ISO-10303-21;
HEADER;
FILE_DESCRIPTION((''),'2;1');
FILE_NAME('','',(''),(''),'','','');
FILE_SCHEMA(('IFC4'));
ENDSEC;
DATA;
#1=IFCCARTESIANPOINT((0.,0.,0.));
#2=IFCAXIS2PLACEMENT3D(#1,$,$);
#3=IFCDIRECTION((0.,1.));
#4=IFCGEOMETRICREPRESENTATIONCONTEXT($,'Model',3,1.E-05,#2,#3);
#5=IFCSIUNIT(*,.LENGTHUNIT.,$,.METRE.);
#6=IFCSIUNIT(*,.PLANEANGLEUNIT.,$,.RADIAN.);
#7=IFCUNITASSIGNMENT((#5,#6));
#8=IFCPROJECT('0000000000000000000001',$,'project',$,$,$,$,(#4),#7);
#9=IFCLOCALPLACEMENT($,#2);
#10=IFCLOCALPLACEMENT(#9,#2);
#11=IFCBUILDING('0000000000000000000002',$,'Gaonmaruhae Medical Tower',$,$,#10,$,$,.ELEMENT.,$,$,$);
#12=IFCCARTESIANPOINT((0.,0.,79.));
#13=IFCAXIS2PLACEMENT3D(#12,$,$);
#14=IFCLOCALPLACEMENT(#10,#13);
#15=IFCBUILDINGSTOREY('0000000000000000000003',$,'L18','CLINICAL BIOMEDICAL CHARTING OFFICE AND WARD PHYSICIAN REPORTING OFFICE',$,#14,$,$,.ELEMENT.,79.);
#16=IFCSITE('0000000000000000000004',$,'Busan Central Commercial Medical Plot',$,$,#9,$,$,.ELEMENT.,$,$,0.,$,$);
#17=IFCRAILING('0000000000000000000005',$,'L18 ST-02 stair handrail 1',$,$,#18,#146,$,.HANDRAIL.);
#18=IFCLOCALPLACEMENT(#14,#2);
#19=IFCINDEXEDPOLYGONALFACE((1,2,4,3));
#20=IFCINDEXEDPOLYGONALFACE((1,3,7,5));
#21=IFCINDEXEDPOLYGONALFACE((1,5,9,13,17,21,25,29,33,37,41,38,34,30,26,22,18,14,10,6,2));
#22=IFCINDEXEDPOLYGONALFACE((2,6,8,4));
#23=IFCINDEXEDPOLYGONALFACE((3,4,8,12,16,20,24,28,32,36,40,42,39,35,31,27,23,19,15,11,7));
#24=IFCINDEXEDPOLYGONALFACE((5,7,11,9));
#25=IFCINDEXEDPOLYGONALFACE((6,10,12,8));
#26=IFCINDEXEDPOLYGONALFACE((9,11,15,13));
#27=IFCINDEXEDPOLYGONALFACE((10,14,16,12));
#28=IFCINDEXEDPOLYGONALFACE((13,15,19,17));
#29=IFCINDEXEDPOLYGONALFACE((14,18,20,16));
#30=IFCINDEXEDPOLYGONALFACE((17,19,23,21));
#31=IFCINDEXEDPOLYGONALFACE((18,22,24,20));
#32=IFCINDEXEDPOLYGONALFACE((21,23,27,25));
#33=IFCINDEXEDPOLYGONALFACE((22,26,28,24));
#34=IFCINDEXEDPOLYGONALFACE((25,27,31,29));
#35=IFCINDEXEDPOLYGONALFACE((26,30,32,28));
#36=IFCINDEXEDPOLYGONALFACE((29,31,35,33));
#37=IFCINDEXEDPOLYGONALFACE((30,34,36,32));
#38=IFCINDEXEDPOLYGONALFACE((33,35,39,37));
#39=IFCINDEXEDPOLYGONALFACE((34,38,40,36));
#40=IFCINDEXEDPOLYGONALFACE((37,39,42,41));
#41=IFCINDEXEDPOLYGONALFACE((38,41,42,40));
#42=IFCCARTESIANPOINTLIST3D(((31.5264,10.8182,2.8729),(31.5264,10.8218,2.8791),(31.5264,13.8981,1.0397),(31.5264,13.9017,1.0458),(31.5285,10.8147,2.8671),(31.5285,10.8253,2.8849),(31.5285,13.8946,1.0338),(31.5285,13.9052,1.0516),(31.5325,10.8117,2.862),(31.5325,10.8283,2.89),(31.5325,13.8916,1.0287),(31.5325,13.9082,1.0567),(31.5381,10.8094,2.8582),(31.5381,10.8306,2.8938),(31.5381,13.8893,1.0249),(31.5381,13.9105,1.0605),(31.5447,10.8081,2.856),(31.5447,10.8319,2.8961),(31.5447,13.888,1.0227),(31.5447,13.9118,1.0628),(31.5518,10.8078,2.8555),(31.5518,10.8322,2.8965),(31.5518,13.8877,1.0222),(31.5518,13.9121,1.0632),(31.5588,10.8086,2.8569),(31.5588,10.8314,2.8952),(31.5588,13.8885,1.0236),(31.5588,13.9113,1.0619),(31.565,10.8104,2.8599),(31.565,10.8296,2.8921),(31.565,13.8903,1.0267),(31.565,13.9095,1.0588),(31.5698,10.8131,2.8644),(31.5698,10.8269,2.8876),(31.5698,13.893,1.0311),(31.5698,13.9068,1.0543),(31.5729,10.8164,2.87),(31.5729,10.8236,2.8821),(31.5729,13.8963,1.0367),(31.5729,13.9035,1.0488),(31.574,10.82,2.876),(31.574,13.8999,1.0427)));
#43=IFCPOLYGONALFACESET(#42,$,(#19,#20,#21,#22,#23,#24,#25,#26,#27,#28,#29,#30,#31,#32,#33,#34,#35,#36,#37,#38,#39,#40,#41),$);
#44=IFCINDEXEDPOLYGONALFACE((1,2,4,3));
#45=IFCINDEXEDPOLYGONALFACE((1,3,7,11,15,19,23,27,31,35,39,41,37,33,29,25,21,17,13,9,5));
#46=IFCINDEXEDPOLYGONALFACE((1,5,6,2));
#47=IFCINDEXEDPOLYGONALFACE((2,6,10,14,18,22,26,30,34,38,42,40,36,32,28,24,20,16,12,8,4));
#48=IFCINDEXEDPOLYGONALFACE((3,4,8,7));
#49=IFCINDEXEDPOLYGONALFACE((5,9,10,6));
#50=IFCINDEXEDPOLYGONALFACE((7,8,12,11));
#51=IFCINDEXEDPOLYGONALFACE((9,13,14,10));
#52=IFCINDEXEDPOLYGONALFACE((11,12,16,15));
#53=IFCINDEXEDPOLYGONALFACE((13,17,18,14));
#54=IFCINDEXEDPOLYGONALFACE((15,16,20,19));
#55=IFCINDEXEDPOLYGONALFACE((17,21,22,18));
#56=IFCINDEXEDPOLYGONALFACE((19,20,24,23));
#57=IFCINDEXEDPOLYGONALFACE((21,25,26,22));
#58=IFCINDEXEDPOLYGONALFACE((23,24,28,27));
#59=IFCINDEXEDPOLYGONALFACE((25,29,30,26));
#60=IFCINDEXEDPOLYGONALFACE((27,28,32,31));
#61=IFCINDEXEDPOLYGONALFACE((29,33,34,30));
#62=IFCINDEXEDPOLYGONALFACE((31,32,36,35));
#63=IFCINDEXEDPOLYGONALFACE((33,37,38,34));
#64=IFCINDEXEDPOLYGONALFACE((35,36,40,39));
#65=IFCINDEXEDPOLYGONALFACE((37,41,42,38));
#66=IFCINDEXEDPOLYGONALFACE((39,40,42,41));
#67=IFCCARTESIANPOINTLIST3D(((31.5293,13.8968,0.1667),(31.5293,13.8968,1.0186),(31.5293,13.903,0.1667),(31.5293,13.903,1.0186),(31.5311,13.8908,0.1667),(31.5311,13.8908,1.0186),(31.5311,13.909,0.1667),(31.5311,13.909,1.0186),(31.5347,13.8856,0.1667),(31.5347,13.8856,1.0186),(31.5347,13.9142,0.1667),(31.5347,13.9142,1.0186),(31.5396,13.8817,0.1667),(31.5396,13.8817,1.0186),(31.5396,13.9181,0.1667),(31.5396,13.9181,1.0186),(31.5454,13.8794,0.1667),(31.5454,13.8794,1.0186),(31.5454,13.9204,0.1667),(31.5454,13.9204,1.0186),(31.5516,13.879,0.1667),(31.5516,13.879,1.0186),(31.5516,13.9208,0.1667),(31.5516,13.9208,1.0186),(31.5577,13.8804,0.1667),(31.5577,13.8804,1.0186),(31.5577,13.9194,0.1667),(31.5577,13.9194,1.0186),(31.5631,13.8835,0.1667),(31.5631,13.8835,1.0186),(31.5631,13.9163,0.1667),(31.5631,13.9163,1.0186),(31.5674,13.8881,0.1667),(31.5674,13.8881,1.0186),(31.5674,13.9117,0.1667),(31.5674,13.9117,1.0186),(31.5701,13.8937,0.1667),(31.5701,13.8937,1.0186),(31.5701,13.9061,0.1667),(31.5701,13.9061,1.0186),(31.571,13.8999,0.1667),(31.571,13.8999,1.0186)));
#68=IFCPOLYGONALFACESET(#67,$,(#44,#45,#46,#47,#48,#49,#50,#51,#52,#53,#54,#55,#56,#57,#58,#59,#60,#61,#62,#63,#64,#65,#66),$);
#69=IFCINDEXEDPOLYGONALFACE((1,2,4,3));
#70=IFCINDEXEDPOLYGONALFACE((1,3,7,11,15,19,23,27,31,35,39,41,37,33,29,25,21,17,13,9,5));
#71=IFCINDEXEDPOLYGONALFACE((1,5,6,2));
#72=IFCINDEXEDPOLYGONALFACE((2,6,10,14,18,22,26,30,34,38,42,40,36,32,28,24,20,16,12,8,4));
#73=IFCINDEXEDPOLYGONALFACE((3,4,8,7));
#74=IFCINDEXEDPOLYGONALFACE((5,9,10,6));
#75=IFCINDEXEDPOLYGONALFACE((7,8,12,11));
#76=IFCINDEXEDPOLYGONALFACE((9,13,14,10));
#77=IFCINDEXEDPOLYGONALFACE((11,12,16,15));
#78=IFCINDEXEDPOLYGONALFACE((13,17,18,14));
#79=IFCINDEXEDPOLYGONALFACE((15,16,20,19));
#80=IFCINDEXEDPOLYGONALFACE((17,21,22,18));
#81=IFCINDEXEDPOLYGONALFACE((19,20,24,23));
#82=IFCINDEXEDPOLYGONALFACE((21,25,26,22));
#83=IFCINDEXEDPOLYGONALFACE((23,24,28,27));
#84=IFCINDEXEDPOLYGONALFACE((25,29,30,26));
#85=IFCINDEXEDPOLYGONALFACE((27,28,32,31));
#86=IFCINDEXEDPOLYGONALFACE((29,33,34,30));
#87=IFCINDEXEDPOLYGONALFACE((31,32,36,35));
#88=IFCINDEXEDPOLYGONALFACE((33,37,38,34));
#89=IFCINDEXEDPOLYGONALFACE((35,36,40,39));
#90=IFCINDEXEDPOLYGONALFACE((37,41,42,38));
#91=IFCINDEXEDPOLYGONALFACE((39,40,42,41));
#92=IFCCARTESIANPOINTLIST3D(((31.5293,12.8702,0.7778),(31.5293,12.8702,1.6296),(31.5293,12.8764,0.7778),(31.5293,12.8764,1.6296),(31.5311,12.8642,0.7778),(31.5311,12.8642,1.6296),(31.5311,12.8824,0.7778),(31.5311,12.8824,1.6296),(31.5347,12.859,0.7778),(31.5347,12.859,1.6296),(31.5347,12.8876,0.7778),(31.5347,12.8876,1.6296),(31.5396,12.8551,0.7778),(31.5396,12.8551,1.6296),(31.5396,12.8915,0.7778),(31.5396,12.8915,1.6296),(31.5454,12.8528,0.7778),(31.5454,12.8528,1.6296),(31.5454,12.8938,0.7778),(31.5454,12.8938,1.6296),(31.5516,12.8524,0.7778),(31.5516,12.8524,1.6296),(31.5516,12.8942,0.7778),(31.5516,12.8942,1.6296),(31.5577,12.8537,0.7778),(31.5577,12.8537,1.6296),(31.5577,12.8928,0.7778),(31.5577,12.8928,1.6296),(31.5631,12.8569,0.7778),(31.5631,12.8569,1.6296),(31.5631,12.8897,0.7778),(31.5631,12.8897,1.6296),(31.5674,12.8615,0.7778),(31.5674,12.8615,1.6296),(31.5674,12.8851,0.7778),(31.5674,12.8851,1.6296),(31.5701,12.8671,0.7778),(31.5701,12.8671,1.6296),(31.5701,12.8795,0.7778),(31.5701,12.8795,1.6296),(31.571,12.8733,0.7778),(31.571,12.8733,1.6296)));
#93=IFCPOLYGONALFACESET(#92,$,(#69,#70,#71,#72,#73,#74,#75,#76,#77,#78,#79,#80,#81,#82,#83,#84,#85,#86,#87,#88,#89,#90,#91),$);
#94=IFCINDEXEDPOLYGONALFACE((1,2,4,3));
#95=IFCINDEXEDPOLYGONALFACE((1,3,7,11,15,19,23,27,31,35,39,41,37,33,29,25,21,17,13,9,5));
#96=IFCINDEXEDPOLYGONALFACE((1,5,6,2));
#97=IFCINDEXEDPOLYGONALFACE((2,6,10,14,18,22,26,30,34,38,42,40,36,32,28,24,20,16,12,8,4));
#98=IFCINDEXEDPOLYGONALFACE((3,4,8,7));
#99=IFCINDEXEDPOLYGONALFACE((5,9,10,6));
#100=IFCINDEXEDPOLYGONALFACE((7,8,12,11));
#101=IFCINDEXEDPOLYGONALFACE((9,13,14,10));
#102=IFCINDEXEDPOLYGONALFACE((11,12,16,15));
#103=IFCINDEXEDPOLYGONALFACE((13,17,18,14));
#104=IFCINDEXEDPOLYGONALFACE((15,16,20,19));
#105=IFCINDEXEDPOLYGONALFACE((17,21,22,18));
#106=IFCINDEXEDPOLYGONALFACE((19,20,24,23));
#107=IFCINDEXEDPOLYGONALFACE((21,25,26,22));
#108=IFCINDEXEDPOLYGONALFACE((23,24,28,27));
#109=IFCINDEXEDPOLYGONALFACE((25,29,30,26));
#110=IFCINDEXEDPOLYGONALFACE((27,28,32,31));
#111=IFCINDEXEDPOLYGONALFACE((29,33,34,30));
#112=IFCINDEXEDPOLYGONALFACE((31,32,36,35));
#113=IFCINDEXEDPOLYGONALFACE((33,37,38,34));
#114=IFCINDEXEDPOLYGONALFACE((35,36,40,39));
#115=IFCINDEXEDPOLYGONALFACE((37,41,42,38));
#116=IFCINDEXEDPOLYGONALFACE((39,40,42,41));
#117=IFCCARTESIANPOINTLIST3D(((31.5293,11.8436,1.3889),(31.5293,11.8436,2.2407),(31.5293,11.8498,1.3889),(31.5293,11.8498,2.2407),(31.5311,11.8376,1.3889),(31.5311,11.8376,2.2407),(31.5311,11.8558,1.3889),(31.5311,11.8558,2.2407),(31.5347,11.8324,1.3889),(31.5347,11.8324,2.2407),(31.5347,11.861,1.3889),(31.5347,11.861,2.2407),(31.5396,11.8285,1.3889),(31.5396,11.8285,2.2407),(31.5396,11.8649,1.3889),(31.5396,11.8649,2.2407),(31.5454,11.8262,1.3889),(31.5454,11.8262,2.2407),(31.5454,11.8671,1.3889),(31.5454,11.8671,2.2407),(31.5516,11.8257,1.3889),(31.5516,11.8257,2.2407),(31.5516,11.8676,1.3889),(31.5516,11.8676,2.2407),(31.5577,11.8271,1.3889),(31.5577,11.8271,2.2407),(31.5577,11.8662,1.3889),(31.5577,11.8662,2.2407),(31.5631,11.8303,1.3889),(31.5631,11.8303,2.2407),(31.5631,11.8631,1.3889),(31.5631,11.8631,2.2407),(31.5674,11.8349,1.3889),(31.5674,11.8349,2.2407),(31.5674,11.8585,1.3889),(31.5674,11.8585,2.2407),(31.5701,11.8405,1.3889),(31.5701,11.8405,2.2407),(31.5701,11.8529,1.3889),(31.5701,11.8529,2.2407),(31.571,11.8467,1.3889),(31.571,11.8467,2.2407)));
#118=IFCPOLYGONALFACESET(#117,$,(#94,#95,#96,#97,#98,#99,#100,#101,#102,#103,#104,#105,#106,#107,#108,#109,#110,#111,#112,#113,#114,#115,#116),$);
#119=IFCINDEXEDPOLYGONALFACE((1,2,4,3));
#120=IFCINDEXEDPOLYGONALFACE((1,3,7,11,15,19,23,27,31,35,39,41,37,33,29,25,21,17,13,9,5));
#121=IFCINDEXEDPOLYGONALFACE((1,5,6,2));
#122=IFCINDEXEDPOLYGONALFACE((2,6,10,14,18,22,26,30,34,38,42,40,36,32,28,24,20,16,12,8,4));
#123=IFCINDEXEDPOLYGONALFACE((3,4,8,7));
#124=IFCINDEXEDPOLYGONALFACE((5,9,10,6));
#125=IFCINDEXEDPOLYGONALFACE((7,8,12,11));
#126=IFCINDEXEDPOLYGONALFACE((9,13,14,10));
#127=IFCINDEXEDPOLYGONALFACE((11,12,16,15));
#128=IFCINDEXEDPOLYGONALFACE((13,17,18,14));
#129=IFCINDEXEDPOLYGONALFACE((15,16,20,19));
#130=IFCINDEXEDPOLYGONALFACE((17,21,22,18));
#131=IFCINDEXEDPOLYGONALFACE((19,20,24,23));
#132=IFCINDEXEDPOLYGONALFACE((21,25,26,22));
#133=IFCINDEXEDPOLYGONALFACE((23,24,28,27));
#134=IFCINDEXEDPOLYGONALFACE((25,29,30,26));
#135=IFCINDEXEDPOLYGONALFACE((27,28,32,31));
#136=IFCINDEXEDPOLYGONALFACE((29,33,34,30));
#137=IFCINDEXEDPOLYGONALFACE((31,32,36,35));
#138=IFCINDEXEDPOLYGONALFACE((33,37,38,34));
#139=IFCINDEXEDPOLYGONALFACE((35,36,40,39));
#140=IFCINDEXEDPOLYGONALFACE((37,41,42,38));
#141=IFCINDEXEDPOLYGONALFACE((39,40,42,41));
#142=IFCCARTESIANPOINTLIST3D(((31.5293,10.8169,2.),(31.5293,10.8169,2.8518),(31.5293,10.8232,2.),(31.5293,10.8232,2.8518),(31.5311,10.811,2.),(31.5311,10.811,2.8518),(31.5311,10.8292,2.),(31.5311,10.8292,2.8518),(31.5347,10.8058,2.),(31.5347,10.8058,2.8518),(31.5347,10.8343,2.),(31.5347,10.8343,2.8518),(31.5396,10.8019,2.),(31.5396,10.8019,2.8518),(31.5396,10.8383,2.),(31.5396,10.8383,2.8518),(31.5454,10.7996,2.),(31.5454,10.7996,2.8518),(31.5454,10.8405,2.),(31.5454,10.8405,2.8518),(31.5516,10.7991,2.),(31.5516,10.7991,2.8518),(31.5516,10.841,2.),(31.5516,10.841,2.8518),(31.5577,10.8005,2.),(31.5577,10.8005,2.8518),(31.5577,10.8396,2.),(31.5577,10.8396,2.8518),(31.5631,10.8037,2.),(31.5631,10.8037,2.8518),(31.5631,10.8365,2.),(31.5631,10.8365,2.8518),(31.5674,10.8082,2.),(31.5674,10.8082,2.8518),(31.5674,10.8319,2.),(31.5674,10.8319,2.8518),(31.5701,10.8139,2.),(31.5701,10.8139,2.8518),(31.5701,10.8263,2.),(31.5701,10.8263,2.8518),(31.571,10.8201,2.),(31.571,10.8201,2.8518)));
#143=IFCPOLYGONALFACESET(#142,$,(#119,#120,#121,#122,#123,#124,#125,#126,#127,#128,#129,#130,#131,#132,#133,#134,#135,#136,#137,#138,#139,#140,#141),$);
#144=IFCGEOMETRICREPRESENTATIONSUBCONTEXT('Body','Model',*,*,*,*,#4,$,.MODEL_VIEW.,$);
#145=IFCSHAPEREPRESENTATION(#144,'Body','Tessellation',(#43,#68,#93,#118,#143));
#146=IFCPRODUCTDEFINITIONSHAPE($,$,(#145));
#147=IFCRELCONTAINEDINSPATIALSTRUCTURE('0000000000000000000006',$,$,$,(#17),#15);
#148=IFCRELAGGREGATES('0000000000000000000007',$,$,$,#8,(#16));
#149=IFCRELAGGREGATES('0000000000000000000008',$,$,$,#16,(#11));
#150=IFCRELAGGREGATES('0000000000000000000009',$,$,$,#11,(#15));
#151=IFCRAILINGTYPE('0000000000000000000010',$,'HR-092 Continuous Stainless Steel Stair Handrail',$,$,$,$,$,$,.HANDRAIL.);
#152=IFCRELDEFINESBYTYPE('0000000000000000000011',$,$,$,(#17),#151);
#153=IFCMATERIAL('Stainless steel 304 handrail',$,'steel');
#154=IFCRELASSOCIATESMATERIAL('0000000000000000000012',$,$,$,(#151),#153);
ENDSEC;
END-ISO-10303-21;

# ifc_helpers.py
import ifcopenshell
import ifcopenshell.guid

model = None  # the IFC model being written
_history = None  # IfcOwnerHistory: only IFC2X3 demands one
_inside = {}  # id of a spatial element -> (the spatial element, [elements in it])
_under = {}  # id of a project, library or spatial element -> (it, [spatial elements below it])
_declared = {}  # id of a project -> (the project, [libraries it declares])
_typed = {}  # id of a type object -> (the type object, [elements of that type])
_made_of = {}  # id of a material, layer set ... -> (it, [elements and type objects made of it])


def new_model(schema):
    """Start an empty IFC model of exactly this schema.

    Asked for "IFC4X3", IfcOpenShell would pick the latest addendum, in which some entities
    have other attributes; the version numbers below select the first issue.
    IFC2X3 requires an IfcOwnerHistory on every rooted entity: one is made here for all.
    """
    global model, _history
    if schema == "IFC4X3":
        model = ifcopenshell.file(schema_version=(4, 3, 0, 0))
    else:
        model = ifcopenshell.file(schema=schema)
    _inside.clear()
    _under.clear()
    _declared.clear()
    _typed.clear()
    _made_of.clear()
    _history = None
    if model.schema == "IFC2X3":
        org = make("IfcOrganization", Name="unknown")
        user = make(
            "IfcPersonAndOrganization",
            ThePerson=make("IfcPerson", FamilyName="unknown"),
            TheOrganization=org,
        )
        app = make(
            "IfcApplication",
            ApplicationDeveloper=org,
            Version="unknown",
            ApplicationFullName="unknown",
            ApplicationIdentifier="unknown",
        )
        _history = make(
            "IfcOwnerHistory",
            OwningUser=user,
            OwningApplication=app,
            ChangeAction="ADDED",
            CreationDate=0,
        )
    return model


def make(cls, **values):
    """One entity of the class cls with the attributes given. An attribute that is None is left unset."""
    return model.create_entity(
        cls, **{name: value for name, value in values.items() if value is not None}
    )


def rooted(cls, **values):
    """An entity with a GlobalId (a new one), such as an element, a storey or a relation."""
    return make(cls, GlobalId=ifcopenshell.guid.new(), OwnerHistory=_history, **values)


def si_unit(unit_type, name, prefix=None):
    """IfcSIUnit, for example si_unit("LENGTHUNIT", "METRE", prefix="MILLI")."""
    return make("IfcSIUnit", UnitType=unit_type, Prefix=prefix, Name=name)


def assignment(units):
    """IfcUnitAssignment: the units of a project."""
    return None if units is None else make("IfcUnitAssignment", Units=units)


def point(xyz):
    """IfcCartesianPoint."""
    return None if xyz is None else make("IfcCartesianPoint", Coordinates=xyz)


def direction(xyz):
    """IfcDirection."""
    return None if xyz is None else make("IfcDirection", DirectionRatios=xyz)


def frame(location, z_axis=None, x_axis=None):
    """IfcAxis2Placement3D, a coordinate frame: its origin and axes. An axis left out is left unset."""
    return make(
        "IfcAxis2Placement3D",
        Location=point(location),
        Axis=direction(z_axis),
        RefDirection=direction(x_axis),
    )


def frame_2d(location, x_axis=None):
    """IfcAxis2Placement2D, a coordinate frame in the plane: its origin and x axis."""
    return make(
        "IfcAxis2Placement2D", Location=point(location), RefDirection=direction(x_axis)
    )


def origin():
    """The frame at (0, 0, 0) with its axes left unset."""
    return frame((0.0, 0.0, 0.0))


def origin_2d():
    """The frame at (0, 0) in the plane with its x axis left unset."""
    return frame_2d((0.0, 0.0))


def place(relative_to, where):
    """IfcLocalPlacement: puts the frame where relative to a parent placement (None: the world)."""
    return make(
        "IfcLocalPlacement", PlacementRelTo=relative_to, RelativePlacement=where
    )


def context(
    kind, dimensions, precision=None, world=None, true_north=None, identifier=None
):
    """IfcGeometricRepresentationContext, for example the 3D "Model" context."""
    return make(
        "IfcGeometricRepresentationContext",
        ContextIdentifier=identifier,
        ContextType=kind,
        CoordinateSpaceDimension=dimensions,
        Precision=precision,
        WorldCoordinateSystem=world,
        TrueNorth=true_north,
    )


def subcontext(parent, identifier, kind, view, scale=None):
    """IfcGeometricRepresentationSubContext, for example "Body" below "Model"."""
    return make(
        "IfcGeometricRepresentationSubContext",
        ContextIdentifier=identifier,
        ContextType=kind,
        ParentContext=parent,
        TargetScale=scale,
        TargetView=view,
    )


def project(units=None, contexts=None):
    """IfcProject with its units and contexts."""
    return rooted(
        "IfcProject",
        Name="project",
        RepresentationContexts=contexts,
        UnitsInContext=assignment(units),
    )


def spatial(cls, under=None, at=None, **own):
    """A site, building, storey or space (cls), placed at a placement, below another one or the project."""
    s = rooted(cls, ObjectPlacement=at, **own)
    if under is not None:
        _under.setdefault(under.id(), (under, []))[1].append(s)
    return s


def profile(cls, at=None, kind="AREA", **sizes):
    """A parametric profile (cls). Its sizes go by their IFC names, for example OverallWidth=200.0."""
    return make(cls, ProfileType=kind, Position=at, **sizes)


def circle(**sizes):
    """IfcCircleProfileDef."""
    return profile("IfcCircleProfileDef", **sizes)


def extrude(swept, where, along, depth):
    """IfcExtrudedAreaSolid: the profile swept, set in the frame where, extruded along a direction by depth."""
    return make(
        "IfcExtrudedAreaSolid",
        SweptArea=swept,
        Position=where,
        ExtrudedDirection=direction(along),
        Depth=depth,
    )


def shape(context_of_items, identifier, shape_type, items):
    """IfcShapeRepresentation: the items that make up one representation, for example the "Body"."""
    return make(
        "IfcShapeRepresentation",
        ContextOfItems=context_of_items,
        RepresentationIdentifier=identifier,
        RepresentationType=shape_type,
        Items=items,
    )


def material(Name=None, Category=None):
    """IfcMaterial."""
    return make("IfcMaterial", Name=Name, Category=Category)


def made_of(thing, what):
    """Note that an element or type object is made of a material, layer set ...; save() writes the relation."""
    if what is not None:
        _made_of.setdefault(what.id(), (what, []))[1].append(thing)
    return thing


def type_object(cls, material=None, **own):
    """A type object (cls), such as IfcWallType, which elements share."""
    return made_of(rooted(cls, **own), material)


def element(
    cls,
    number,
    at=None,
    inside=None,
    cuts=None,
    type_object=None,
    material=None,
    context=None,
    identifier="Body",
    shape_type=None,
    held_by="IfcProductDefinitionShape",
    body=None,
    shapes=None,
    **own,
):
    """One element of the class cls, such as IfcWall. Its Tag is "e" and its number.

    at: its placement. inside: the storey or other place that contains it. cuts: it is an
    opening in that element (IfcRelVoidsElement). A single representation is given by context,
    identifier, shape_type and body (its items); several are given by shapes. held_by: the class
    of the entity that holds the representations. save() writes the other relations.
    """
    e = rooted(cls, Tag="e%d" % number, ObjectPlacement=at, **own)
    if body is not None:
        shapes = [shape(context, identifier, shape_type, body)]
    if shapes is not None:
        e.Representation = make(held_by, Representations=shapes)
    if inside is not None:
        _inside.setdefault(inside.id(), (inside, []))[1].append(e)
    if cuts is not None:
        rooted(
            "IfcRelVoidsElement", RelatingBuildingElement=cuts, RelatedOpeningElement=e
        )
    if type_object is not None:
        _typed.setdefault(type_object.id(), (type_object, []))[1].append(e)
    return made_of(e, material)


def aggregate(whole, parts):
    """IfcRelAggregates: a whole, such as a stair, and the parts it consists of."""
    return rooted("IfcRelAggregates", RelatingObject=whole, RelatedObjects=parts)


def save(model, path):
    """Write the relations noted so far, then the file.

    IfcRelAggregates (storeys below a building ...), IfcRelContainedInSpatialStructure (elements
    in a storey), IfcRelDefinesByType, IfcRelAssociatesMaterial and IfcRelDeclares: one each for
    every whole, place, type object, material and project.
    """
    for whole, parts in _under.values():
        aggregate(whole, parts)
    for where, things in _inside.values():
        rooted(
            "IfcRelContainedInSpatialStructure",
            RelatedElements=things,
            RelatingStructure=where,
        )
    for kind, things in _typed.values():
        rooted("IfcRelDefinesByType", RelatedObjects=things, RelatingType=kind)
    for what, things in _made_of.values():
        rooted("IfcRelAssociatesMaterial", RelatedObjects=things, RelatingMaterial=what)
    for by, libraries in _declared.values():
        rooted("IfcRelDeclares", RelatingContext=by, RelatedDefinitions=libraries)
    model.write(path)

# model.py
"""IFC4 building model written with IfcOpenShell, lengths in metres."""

from ifc_helpers import new_model, si_unit, direction, frame, origin, origin_2d, place, context, subcontext, project, spatial, circle, extrude, material, type_object, element, save


model = new_model("IFC4")

# Units and contexts
model_context = context("Model", 3, precision=1e-05, world=origin(), true_north=direction((0.0, 1.0)))
body_context = subcontext(model_context, "Body", "Model", "MODEL_VIEW")
ifc_project = project(units=[si_unit("LENGTHUNIT", "METRE"), si_unit("PLANEANGLEUNIT", "RADIAN")], contexts=[model_context])

# Site, building, storey
site_placement = place(None, origin())
site = spatial("IfcSite", under=ifc_project, at=site_placement, Name="Busan Central Commercial Medical Plot", CompositionType="ELEMENT", RefElevation=0.0)
building_placement = place(site_placement, origin())
building = spatial("IfcBuilding", under=site, at=building_placement, Name="Gaonmaruhae Medical Tower", CompositionType="ELEMENT")
storey_placement = place(building_placement, frame((0.0, 0.0, 79.0)))
storey = spatial("IfcBuildingStorey", under=building, at=storey_placement, Name="L18", Description="CLINICAL BIOMEDICAL CHARTING OFFICE AND WARD PHYSICIAN REPORTING OFFICE", CompositionType="ELEMENT", Elevation=79.0)

# Railing
ifc_material_1 = material(Name="Stainless steel 304 handrail", Category="steel")
railing_type_1 = type_object("IfcRailingType", Name="HR-092 Continuous Stainless Steel Stair Handrail", PredefinedType="HANDRAIL", material=ifc_material_1)
railing_1_placement = place(storey_placement, frame((31.55, 13.8999, 0.1667)))
element("IfcRailing", 1, at=railing_1_placement, inside=storey, type_object=railing_type_1, Name="L18 ST-02 stair handrail 1", PredefinedType="HANDRAIL", context=body_context, shape_type="SweptSolid", body=[
    extrude(circle(Radius=0.0239, at=origin_2d()), frame((0.0, 0.0, 0.876), z_axis=(0.0, -0.859291, 0.511487), x_axis=(1.0, 0.0, 0.0)), (0.0, 0.0, 1.0), 3.5842),
    extrude(circle(Radius=0.021, at=origin_2d()), origin(), (0.0, 0.0, 1.0), 0.8518),
    extrude(circle(Radius=0.021, at=origin_2d()), frame((0.0, -1.0266, 0.6111)), (0.0, 0.0, 1.0), 0.8518),
    extrude(circle(Radius=0.021, at=origin_2d()), frame((0.0, -2.0532, 1.2222)), (0.0, 0.0, 1.0), 0.8518),
    extrude(circle(Radius=0.021, at=origin_2d()), frame((0.0, -3.0798, 1.8333)), (0.0, 0.0, 1.0), 0.8518),
])

save(model, "model.ifc")
